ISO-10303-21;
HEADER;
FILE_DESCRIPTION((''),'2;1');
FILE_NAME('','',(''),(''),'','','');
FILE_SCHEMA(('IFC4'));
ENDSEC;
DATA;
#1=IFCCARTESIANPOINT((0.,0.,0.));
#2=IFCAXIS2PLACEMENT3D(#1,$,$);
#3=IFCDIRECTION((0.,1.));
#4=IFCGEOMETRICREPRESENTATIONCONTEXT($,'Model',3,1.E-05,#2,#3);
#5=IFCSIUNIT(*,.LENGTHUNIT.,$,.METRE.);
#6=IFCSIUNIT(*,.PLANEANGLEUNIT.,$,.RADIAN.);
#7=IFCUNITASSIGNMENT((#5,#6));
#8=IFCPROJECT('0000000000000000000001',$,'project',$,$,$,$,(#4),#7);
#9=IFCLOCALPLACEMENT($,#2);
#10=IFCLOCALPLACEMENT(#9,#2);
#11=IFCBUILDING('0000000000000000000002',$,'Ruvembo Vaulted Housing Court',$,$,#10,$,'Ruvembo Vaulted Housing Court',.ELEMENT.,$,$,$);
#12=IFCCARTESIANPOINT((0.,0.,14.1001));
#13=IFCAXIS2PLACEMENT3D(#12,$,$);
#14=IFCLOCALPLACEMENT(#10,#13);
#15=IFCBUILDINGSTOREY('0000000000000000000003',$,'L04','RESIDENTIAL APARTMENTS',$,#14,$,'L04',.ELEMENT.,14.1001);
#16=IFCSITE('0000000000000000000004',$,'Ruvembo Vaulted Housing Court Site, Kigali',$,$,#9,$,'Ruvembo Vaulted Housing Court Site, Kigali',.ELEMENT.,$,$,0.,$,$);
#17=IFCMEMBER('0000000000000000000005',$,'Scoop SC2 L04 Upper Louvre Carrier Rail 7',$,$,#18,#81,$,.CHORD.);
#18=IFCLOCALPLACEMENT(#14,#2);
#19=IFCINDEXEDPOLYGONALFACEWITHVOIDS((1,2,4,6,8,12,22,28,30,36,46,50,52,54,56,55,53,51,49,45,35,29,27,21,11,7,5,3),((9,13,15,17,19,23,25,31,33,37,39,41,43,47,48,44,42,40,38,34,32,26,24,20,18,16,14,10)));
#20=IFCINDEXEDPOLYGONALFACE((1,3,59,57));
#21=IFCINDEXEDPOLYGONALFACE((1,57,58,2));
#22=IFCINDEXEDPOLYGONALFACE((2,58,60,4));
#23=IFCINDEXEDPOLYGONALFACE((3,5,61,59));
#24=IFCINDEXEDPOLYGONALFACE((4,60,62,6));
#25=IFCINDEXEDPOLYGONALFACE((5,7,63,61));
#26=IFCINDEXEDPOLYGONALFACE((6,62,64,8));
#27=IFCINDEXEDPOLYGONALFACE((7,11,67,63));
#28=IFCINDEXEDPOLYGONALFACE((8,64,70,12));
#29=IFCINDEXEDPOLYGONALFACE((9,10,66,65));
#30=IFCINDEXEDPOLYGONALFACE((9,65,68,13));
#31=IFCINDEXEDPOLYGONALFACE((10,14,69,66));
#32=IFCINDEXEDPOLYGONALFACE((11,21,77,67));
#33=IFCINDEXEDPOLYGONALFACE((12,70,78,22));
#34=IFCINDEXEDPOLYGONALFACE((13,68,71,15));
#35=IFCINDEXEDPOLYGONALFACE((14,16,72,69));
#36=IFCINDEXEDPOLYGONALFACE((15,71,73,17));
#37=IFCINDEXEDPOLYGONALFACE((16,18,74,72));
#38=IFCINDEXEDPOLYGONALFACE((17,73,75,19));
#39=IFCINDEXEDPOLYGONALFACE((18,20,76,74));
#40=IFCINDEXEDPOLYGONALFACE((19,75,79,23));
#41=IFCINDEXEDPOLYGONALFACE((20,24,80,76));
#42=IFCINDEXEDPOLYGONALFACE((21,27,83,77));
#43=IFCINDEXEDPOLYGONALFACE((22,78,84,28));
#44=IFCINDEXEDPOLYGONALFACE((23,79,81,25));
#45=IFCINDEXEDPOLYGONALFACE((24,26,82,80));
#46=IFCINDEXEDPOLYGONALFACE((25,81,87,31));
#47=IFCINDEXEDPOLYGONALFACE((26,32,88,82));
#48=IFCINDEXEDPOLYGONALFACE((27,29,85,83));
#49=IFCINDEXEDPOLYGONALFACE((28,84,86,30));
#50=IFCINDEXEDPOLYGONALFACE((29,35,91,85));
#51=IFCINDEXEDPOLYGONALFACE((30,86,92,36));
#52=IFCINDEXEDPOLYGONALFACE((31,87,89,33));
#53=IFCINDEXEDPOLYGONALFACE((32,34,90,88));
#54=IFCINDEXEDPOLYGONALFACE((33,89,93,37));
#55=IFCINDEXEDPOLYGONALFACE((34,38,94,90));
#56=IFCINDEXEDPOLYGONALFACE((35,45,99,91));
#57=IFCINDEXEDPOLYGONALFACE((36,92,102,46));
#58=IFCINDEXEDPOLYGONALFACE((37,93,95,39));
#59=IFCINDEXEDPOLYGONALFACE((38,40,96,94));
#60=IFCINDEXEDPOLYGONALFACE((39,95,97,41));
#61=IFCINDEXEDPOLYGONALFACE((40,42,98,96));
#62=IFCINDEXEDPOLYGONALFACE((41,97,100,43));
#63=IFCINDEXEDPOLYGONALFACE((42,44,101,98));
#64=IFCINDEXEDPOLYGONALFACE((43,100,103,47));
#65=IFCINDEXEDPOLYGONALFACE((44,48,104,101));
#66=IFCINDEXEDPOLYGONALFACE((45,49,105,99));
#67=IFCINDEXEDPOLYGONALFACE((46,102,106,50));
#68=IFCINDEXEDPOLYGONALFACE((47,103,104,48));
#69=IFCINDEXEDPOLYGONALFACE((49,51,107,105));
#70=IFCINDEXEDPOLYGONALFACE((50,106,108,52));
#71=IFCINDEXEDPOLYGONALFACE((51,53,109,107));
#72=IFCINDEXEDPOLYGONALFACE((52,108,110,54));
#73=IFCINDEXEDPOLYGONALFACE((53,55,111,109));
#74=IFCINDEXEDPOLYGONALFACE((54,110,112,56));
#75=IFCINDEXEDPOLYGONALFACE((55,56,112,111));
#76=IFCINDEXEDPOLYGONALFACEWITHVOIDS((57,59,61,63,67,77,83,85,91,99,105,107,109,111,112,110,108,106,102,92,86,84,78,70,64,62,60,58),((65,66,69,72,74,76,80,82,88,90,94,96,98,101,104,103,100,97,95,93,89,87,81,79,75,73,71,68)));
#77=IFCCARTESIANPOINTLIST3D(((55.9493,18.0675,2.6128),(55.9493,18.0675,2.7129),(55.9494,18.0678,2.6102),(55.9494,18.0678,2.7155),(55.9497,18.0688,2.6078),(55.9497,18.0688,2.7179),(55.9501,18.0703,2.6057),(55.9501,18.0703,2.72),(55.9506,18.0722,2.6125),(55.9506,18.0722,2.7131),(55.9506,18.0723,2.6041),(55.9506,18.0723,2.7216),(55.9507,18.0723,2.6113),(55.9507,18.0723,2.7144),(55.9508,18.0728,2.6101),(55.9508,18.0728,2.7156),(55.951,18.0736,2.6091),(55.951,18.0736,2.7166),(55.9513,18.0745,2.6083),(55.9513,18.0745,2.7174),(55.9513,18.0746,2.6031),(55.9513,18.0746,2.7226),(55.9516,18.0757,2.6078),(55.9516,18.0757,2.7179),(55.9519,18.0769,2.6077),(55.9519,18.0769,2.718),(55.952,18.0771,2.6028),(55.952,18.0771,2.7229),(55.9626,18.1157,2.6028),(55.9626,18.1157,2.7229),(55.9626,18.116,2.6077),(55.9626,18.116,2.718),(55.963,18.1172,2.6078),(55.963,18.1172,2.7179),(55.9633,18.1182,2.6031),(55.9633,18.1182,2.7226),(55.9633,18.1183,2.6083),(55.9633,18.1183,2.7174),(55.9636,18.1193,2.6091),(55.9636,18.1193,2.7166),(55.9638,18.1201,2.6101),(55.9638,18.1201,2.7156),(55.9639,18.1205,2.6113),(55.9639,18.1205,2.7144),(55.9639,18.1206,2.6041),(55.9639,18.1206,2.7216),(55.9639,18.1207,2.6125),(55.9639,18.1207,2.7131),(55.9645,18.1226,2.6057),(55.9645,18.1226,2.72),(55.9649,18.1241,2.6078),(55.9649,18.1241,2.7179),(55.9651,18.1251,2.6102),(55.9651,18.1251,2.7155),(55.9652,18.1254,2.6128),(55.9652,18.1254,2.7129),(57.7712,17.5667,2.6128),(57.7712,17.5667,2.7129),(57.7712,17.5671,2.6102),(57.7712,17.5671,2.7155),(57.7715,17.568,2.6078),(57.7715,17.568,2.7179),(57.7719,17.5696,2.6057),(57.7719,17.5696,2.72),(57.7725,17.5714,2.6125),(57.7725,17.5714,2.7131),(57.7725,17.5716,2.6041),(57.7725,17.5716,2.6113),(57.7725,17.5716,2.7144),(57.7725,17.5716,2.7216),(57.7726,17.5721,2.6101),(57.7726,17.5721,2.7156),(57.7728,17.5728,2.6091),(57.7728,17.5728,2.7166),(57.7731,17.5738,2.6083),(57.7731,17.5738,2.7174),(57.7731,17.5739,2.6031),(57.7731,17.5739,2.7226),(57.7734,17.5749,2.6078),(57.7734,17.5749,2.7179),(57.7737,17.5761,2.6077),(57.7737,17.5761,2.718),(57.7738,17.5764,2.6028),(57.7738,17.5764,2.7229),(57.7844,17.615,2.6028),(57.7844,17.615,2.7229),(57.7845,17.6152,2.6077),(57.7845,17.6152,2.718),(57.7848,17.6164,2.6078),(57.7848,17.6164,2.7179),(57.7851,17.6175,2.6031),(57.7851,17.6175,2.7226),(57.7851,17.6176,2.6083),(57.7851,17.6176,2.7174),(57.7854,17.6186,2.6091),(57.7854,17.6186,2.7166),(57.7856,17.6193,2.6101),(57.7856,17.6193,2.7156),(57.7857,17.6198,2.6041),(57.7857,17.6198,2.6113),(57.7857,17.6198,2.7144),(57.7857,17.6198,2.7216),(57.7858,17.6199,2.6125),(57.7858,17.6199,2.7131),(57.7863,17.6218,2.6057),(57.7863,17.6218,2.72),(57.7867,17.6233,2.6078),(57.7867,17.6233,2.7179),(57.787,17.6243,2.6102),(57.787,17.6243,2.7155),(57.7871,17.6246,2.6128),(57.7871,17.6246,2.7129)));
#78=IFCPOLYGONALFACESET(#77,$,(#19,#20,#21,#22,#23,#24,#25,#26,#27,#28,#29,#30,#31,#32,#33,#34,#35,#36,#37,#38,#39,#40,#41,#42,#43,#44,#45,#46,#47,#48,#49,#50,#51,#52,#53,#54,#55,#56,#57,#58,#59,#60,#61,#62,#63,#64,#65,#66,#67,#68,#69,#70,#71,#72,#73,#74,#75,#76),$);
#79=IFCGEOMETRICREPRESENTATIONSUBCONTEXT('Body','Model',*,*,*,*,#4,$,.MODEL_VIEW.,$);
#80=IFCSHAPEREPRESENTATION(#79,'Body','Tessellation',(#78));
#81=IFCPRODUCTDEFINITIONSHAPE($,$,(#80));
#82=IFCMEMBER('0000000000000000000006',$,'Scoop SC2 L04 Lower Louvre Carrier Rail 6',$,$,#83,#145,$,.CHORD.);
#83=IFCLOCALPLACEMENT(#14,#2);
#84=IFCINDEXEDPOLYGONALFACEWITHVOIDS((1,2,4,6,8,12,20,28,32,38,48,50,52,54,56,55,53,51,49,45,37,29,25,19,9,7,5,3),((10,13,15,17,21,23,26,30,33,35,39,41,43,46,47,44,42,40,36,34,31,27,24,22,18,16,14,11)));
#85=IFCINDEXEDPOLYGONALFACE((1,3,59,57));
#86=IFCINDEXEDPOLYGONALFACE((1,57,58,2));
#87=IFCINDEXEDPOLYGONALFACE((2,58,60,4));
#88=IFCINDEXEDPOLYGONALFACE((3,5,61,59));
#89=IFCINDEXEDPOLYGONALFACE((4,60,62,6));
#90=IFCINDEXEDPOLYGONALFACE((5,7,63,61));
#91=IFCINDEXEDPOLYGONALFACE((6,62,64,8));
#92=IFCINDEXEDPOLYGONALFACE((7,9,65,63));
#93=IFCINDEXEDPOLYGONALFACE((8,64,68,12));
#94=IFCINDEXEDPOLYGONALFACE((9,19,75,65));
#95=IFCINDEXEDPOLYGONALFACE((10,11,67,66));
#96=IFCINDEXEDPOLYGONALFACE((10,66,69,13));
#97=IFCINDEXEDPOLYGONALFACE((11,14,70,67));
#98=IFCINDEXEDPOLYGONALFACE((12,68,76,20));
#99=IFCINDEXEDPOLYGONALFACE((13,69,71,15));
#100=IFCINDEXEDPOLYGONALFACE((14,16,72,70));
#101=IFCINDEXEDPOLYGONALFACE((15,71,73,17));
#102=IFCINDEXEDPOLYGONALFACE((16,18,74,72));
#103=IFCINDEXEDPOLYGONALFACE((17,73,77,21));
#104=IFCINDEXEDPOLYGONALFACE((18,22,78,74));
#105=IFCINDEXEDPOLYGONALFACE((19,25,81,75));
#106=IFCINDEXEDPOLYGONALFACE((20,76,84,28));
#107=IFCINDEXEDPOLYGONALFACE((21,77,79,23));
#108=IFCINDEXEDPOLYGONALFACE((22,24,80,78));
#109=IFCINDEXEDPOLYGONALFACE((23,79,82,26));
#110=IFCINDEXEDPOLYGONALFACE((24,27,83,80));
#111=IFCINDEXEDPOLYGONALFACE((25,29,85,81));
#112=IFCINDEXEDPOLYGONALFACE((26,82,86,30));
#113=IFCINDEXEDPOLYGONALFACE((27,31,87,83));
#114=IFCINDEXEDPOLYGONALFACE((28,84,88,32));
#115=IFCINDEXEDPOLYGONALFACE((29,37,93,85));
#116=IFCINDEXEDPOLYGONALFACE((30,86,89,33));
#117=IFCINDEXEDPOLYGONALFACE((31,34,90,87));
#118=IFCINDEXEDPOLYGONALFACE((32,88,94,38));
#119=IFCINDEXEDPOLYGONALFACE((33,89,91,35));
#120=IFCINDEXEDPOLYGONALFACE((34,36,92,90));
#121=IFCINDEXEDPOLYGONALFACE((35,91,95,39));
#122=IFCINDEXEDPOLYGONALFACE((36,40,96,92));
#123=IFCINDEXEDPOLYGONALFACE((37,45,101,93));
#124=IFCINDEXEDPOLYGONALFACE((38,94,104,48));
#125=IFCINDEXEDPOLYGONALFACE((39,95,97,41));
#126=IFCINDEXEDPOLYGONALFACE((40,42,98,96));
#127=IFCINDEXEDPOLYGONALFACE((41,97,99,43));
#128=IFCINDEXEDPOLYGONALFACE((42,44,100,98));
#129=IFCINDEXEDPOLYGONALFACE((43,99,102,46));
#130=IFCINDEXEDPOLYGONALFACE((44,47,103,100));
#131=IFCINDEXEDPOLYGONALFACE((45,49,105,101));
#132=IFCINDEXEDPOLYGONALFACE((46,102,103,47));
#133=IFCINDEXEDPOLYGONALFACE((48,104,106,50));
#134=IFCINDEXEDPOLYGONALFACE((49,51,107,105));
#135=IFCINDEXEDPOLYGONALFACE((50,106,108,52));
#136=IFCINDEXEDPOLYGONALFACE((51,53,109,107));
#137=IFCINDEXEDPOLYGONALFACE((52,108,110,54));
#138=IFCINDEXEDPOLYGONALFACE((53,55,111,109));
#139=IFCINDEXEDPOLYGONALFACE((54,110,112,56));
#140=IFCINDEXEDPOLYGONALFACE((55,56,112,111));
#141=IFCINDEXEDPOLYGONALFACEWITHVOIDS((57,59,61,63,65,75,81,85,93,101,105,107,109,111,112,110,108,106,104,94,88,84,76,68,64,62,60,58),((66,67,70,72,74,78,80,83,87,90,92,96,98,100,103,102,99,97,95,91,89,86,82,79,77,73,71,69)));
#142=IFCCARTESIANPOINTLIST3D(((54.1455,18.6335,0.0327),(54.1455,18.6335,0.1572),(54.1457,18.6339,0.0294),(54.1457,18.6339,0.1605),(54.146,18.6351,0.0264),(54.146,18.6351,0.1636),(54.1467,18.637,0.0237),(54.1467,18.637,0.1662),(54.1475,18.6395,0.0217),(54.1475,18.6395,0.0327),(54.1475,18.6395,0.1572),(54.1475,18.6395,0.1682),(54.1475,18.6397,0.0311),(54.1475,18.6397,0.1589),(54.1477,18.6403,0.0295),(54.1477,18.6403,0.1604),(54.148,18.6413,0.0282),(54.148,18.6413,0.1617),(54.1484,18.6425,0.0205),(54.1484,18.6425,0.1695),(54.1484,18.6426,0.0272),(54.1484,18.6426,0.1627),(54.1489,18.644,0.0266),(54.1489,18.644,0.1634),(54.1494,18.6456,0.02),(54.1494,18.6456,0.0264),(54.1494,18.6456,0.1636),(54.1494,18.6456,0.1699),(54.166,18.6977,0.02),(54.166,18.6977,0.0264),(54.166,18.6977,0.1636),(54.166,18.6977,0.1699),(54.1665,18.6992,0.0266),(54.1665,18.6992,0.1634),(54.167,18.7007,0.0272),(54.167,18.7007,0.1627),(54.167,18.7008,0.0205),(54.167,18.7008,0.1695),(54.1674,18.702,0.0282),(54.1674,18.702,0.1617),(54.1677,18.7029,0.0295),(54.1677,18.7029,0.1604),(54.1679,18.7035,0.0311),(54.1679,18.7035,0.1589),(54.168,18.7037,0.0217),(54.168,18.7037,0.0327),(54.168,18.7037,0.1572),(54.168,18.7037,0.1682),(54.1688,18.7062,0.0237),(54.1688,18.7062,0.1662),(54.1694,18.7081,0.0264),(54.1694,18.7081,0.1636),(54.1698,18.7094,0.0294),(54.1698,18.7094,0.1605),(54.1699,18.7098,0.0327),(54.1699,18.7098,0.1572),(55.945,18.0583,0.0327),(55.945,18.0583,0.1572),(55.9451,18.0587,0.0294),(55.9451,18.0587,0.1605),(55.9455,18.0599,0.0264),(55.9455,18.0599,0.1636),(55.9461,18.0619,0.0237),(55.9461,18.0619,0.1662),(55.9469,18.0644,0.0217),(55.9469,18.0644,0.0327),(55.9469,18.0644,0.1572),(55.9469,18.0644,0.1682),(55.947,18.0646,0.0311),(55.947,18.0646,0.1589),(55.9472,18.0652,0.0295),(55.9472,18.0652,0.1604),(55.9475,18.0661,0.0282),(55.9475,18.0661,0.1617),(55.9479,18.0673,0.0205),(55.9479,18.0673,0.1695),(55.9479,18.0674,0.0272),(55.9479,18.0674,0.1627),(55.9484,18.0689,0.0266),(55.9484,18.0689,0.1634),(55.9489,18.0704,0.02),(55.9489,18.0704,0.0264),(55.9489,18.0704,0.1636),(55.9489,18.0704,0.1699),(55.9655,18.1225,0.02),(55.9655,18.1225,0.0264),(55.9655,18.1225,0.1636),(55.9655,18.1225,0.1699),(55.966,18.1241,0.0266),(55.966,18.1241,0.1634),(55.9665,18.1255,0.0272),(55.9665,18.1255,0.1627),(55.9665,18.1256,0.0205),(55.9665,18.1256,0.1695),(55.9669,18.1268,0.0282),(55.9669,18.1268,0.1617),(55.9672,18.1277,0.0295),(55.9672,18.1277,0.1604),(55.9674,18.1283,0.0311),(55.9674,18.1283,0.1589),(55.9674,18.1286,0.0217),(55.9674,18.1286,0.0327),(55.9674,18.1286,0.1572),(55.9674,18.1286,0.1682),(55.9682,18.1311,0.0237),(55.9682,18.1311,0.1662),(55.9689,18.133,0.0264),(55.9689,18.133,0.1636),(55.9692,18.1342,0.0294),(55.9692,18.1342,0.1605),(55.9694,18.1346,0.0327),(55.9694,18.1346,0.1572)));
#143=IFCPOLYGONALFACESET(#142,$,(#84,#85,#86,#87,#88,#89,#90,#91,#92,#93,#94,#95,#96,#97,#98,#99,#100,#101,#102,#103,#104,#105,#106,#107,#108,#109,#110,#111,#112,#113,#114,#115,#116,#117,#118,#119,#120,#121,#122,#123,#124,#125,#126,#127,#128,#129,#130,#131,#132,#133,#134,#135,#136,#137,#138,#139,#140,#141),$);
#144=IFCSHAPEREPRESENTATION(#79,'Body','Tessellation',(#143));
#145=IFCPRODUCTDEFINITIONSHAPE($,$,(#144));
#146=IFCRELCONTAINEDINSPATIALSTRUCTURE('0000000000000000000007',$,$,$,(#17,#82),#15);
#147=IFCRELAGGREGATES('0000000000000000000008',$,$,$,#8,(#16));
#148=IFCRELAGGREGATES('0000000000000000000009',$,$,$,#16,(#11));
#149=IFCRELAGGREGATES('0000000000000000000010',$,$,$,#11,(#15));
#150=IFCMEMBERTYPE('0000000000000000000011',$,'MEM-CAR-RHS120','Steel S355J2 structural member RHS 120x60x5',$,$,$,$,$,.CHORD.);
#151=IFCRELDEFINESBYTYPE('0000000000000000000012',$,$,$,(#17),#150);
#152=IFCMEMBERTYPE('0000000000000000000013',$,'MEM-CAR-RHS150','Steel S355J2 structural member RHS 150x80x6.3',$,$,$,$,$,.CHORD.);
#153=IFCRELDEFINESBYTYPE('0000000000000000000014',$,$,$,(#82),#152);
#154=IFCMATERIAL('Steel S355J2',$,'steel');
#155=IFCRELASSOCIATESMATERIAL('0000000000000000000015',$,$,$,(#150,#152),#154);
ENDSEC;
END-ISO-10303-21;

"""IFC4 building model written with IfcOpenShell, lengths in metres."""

from ifc_helpers import new_model, si_unit, direction, frame, origin, origin_2d, place, context, subcontext, project, spatial, hollow_rectangle, extrude, material, material_profile, profile_set, type_object, element, save


model = new_model("IFC4")

# Units and contexts
model_context = context("Model", 3, precision=1e-05, world=origin(), true_north=direction((0.0, 1.0)))
body_context = subcontext(model_context, "Body", "Model", "MODEL_VIEW")
ifc_project = project(units=[si_unit("LENGTHUNIT", "METRE"), si_unit("PLANEANGLEUNIT", "RADIAN")], contexts=[model_context])

# Site, building, storey
site_placement = place(None, origin())
site = spatial("IfcSite", under=ifc_project, at=site_placement, Name="Ruvembo Vaulted Housing Court Site, Kigali", LongName="Ruvembo Vaulted Housing Court Site, Kigali", CompositionType="ELEMENT", RefElevation=0.0)
building_placement = place(site_placement, origin())
building = spatial("IfcBuilding", under=site, at=building_placement, Name="Ruvembo Vaulted Housing Court", LongName="Ruvembo Vaulted Housing Court", CompositionType="ELEMENT")
storey_placement = place(building_placement, frame((0.0, 0.0, 14.1001)))
storey = spatial("IfcBuildingStorey", under=building, at=storey_placement, Name="L04", Description="RESIDENTIAL APARTMENTS", LongName="L04", CompositionType="ELEMENT", Elevation=14.1001)

# Shared definitions
ifc_material_1 = material(Name="Steel S355J2", Category="steel")

# Members
ifc_material_profile_1 = material_profile(ifc_material_1, hollow_rectangle(XDim=0.0601, YDim=0.1201, WallThickness=0.0049, InnerFilletRadius=0.0049, OuterFilletRadius=0.01, at=origin_2d()), Name="RHS 120x60x5")
ifc_profile_set_1 = profile_set([ifc_material_profile_1], Name="Steel S355J2")
member_type_1 = type_object("IfcMemberType", Name="MEM-CAR-RHS120", Description="Steel S355J2 structural member RHS 120x60x5", PredefinedType="CHORD", material=ifc_profile_set_1)
member_1_placement = place(storey_placement, frame((55.9573, 18.0964, 2.6628), z_axis=(0.96424, -0.26503, 0.0), x_axis=(0.26503, 0.96424, 0.0)))
element("IfcMember", 1, at=member_1_placement, inside=storey, type_object=member_type_1, Name="Scoop SC2 L04 Upper Louvre Carrier Rail 7", PredefinedType="CHORD", context=body_context, shape_type="SweptSolid", body=[
    extrude(hollow_rectangle(XDim=0.0601, YDim=0.1201, WallThickness=0.0049, InnerFilletRadius=0.0049, OuterFilletRadius=0.01, at=origin_2d()), origin(), (0.0, 0.0, 1.0), 1.8894),
])
ifc_material_profile_2 = material_profile(ifc_material_1, hollow_rectangle(XDim=0.0801, YDim=0.1499, WallThickness=0.0063, InnerFilletRadius=0.0063, OuterFilletRadius=0.0127, at=origin_2d()), Name="RHS 150x80x6.3")
ifc_profile_set_2 = profile_set([ifc_material_profile_2], Name="Steel S355J2")
member_type_2 = type_object("IfcMemberType", Name="MEM-CAR-RHS150", Description="Steel S355J2 structural member RHS 150x80x6.3", PredefinedType="CHORD", material=ifc_profile_set_2)
member_2_placement = place(storey_placement, frame((54.1577, 18.6716, 0.095), z_axis=(0.952526, -0.304457, 0.0), x_axis=(0.304457, 0.952526, 0.0)))
element("IfcMember", 2, at=member_2_placement, inside=storey, type_object=member_type_2, Name="Scoop SC2 L04 Lower Louvre Carrier Rail 6", PredefinedType="CHORD", context=body_context, shape_type="SweptSolid", body=[
    extrude(hollow_rectangle(XDim=0.0801, YDim=0.1499, WallThickness=0.0063, InnerFilletRadius=0.0063, OuterFilletRadius=0.0127, at=origin_2d()), origin(), (0.0, 0.0, 1.0), 1.8892),
])

save(model, "model.ifc")
